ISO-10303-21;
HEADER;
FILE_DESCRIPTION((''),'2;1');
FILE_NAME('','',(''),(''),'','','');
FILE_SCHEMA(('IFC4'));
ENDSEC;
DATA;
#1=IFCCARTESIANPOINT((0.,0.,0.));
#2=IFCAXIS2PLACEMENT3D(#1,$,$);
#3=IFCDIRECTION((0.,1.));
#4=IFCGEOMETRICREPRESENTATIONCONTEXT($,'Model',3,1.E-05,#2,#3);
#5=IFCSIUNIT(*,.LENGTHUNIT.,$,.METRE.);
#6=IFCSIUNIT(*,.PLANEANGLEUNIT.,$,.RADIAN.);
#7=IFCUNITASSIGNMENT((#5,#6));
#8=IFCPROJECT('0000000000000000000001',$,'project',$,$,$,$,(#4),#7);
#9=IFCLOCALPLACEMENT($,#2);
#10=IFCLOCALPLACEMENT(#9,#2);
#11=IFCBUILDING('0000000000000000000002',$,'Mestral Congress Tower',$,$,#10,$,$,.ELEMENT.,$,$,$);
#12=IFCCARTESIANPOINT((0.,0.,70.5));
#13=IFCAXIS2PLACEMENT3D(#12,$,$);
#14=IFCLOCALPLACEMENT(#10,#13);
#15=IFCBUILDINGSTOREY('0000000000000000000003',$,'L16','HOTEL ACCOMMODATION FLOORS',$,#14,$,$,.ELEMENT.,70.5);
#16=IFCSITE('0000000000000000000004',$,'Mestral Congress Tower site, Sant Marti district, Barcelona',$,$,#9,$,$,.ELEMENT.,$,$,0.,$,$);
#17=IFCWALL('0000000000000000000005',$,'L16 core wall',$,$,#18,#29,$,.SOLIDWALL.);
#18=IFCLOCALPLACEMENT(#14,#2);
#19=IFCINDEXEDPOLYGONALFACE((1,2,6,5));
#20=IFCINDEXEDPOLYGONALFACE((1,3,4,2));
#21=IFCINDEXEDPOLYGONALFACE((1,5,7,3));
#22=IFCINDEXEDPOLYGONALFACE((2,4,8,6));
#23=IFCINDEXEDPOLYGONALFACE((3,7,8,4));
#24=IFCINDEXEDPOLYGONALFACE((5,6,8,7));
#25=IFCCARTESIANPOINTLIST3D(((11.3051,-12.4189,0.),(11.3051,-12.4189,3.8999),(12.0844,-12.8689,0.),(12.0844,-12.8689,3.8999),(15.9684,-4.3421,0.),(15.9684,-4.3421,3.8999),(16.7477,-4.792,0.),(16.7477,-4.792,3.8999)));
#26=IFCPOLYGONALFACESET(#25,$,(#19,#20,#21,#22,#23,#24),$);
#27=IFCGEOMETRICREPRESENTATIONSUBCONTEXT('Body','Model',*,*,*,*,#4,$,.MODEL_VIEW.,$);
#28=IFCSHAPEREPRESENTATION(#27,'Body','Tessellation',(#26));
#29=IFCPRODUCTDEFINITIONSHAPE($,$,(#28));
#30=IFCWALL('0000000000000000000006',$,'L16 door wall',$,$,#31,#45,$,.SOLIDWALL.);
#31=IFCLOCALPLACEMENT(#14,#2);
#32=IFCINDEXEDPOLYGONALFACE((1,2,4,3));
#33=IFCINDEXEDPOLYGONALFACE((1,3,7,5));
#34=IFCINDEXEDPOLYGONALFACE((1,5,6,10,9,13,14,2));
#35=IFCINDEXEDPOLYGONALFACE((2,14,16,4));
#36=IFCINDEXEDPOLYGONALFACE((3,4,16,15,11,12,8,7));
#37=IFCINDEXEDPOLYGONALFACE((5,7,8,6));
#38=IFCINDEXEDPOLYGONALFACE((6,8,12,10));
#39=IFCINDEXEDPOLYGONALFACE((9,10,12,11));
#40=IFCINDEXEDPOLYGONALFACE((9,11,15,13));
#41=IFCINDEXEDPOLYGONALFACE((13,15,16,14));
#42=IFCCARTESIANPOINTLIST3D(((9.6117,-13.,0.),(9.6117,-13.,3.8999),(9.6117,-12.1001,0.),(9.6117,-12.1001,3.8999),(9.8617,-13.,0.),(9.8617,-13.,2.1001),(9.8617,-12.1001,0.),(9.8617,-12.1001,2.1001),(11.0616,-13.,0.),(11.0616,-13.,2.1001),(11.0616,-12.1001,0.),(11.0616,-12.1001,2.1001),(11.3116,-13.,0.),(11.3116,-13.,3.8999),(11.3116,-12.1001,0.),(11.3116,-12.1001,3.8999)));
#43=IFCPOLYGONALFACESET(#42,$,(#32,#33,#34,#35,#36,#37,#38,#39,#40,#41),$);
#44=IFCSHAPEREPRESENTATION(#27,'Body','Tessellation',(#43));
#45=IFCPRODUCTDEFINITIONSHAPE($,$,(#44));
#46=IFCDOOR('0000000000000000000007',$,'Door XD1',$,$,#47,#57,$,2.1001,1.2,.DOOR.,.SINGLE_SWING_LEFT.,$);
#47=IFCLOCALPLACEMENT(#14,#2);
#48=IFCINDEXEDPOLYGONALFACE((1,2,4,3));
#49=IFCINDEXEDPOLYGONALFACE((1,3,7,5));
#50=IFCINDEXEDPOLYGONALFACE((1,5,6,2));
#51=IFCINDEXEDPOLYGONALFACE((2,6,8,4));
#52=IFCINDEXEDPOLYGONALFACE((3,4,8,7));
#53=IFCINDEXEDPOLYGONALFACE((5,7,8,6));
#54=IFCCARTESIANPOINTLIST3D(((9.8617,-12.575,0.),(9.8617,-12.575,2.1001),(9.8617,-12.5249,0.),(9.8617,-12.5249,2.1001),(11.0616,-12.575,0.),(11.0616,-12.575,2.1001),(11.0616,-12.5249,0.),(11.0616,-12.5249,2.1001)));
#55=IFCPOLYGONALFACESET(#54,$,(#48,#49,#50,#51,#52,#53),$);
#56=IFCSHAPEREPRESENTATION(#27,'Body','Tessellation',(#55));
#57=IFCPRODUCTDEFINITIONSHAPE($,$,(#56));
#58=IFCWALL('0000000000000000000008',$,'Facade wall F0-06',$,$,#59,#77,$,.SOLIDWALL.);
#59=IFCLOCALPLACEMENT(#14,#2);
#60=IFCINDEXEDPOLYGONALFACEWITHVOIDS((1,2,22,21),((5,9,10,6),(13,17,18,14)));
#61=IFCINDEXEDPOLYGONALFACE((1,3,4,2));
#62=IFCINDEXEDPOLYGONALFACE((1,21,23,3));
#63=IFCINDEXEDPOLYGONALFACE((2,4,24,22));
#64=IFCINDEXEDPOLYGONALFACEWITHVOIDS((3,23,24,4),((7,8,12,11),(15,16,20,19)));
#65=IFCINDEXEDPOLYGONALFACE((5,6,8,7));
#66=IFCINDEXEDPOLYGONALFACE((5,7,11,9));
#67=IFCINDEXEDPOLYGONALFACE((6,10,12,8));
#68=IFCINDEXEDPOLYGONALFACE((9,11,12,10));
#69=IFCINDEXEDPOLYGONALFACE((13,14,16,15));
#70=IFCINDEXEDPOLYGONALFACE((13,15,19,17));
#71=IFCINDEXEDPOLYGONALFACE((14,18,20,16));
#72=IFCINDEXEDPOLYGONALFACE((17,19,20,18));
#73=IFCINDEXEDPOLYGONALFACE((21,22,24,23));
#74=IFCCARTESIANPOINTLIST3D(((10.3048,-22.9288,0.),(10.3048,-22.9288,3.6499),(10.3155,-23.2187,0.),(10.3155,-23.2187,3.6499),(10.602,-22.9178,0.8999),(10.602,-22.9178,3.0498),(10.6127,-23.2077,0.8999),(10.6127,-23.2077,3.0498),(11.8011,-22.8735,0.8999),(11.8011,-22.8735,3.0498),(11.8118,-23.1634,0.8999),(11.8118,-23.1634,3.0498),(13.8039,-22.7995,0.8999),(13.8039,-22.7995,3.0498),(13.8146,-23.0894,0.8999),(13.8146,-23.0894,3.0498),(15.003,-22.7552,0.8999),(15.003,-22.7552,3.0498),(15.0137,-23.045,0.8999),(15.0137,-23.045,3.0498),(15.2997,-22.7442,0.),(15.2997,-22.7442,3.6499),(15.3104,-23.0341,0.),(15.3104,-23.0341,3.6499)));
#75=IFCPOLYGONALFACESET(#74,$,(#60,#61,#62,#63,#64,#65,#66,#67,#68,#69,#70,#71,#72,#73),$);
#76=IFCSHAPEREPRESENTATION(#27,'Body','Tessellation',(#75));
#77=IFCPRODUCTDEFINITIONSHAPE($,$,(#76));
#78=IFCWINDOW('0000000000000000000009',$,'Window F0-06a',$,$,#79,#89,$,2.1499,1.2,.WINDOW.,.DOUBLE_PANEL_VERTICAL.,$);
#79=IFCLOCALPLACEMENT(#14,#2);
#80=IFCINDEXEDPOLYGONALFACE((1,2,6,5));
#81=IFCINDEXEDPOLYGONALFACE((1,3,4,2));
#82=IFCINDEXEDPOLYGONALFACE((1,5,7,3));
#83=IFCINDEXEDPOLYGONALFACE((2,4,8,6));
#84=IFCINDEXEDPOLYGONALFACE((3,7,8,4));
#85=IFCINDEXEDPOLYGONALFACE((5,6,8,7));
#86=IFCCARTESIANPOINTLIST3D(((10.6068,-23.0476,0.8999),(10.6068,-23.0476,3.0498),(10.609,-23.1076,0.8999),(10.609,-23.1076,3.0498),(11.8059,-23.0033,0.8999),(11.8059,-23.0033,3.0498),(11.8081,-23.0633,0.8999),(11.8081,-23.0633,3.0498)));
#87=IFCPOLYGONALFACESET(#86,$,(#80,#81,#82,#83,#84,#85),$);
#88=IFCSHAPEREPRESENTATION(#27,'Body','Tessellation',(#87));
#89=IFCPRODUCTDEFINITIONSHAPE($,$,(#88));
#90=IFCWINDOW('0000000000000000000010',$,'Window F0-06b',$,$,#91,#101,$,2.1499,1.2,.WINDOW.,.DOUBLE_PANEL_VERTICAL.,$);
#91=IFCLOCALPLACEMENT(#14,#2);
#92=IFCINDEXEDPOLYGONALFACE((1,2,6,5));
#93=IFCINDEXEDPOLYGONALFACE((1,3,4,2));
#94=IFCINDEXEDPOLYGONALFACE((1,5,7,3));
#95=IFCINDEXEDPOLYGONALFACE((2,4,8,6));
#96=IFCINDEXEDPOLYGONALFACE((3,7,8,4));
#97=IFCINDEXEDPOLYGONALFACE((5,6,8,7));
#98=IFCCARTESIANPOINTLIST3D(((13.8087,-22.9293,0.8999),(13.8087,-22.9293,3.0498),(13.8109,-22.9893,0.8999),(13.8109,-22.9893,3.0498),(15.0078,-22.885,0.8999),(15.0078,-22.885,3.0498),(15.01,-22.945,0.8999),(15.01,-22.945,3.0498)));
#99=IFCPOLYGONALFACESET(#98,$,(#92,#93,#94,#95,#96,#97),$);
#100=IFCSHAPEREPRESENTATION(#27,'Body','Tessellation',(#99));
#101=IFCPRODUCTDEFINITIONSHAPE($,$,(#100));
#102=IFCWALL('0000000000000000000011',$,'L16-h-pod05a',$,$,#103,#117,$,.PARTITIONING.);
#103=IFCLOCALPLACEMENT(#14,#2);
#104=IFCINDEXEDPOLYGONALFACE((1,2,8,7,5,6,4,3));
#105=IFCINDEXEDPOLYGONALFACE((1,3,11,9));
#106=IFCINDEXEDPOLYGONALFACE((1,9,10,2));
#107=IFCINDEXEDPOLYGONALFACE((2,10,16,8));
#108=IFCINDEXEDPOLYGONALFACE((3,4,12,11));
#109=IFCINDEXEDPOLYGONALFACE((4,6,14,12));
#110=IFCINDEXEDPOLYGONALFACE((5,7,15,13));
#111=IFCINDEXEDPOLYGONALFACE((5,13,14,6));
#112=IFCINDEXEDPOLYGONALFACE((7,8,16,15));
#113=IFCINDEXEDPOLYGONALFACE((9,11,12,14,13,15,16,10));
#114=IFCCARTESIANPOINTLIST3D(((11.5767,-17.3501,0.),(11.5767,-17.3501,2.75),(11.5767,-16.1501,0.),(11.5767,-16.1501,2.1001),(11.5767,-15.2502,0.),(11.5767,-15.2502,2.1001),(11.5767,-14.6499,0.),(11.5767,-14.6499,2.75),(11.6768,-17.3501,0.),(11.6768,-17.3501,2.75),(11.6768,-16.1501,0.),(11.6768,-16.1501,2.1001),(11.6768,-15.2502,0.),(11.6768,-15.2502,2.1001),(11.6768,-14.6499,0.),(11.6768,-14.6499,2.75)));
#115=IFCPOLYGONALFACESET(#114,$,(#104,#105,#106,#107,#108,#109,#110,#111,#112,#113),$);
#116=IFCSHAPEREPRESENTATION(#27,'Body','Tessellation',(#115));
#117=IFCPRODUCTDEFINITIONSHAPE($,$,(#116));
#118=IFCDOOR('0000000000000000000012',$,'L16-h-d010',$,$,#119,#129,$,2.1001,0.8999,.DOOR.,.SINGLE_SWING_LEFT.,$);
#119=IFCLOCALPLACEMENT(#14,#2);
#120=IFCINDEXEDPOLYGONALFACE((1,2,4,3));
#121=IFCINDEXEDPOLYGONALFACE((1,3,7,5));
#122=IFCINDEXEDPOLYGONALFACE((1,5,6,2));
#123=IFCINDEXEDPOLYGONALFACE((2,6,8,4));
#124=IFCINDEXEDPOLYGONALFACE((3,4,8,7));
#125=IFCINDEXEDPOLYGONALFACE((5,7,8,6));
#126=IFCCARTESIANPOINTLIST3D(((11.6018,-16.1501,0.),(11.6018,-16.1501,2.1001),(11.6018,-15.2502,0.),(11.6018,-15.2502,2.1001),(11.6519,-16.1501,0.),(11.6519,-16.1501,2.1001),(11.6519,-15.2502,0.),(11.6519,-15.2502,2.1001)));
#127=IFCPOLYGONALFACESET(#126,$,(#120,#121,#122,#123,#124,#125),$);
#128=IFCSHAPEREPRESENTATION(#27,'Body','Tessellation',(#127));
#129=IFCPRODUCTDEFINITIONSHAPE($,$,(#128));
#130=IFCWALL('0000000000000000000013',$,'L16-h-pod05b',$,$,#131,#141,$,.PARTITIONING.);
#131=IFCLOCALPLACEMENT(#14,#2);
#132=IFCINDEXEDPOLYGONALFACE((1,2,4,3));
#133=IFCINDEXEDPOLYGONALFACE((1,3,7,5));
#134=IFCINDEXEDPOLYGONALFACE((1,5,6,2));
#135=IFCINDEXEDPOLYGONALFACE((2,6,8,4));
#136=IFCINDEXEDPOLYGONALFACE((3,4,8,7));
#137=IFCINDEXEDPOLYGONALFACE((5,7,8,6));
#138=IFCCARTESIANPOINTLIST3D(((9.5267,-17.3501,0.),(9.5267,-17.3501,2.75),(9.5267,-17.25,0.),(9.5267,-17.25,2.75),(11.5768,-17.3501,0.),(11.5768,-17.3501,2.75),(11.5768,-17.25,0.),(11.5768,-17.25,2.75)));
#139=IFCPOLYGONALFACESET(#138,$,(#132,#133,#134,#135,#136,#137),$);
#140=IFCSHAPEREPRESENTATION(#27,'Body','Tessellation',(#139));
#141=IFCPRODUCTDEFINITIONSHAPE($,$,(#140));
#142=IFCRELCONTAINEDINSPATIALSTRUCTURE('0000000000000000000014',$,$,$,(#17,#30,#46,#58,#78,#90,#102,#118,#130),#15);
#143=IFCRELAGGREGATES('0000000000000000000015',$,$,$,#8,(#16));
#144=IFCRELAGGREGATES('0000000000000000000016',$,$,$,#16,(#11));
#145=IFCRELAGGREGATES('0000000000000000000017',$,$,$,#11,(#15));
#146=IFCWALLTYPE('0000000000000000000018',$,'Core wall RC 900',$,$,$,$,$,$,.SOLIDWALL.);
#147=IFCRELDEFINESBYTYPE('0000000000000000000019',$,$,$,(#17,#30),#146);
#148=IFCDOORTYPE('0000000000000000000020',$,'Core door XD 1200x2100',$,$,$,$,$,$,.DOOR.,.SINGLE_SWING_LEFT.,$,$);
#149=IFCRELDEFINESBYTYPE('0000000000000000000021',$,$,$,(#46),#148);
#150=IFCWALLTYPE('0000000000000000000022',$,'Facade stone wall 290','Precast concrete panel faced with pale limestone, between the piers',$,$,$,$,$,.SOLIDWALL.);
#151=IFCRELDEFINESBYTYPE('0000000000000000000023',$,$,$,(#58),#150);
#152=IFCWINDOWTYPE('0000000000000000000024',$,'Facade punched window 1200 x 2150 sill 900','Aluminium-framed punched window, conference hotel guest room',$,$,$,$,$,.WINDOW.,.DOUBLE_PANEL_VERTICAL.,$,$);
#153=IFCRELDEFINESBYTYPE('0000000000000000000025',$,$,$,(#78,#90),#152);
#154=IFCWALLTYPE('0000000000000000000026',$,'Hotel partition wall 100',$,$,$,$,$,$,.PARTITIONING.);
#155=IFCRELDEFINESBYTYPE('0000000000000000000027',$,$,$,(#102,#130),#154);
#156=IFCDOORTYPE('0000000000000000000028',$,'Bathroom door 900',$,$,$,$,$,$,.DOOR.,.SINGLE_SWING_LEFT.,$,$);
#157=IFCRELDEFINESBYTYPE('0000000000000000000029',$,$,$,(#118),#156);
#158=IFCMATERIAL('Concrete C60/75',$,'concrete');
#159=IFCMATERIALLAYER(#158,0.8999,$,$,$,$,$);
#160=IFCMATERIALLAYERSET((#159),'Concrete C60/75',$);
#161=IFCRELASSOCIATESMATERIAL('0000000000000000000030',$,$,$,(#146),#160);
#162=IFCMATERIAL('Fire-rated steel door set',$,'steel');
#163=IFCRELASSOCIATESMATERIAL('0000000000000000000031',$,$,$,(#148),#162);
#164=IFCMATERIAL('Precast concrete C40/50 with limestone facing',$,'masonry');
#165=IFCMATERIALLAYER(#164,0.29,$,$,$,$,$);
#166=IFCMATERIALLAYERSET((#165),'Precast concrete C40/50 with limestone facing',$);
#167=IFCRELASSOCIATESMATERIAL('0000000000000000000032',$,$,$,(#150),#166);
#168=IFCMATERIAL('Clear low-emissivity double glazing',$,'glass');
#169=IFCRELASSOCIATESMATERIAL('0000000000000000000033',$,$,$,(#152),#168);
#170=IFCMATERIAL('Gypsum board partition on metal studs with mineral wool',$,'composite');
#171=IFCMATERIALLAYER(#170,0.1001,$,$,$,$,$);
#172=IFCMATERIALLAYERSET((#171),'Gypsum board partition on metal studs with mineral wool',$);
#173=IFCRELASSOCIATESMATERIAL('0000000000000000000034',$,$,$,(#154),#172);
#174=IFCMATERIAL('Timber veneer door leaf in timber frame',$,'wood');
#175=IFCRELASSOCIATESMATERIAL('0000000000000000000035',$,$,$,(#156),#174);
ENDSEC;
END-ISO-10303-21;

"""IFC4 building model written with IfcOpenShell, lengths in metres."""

from ifc_helpers import new_model, si_unit, direction, frame, frame_2d, origin, place, context, subcontext, project, spatial, rectangle, extrude, material, layer, layer_set, type_object, element, fill, save


model = new_model("IFC4")

# Units and contexts
model_context = context("Model", 3, precision=1e-05, world=origin(), true_north=direction((0.0, 1.0)))
body_context = subcontext(model_context, "Body", "Model", "MODEL_VIEW")
ifc_project = project(units=[si_unit("LENGTHUNIT", "METRE"), si_unit("PLANEANGLEUNIT", "RADIAN")], contexts=[model_context])

# Site, building, storey
site_placement = place(None, origin())
site = spatial("IfcSite", under=ifc_project, at=site_placement, Name="Mestral Congress Tower site, Sant Marti district, Barcelona", CompositionType="ELEMENT", RefElevation=0.0)
building_placement = place(site_placement, origin())
building = spatial("IfcBuilding", under=site, at=building_placement, Name="Mestral Congress Tower", CompositionType="ELEMENT")
storey_placement = place(building_placement, frame((0.0, 0.0, 70.5)))
storey = spatial("IfcBuildingStorey", under=building, at=storey_placement, Name="L16", Description="HOTEL ACCOMMODATION FLOORS", CompositionType="ELEMENT", Elevation=70.5)

# Wall
ifc_material_1 = material(Name="Concrete C60/75", Category="concrete")
ifc_layer_1 = layer(ifc_material_1, 0.8999)
ifc_layer_set_1 = layer_set([ifc_layer_1], Name="Concrete C60/75")
wall_type_1 = type_object("IfcWallType", Name="Core wall RC 900", PredefinedType="SOLIDWALL", material=ifc_layer_set_1)
wall_1_placement = place(storey_placement, frame((11.6948, -12.6438, 0.0), z_axis=(0.0, 0.0, 1.0), x_axis=(0.50001, 0.866019, 0.0)))
element("IfcWall", 1, at=wall_1_placement, inside=storey, type_object=wall_type_1, Name="L16 core wall", PredefinedType="SOLIDWALL", context=body_context, shape_type="SweptSolid", body=[
    extrude(rectangle(XDim=9.3264, YDim=0.8999, at=frame_2d((4.6631, 0.0))), origin(), (0.0, 0.0, 1.0), 3.8999),
])

# Wall, opening, door
wall_2_placement = place(storey_placement, frame((11.3118, -12.55, 0.0), z_axis=(0.0, 0.0, 1.0), x_axis=(-1.0, 0.0, 0.0)))
wall_2 = element("IfcWall", 2, at=wall_2_placement, inside=storey, type_object=wall_type_1, Name="L16 door wall", PredefinedType="SOLIDWALL", context=body_context, shape_type="SweptSolid", body=[
    extrude(rectangle(XDim=1.7, YDim=0.8999, at=frame_2d((0.8501, 0.0))), origin(), (0.0, 0.0, 1.0), 3.8999),
])
opening_1_placement = place(wall_2_placement, frame((0.25, 0.0, 0.0)))
opening_1 = element("IfcOpeningElement", 3, at=opening_1_placement, cuts=wall_2, PredefinedType="OPENING", context=body_context, shape_type="SweptSolid", body=[
    extrude(rectangle(XDim=1.2, YDim=2.1001, at=frame_2d((0.6001, 1.05))), frame((0.0, 0.46, 0.0), z_axis=(0.0, -1.0, 0.0), x_axis=(1.0, 0.0, 0.0)), (0.0, 0.0, 1.0), 0.9199),
])
ifc_material_2 = material(Name="Fire-rated steel door set", Category="steel")
door_type_1 = type_object("IfcDoorType", Name="Core door XD 1200x2100", OperationType="SINGLE_SWING_LEFT", PredefinedType="DOOR", material=ifc_material_2)
door_1_placement = place(opening_1_placement, origin())
door_1 = element("IfcDoor", 4, at=door_1_placement, inside=storey, type_object=door_type_1, Name="Door XD1", OperationType="SINGLE_SWING_LEFT", OverallHeight=2.1001, OverallWidth=1.2, PredefinedType="DOOR", context=body_context, shape_type="SweptSolid", body=[
    extrude(rectangle(XDim=1.2, YDim=2.1001, at=frame_2d((0.6001, 1.05))), frame((0.0, 0.0249, 0.0), z_axis=(0.0, -1.0, 0.0), x_axis=(1.0, 0.0, 0.0)), (0.0, 0.0, 1.0), 0.05),
])
fill(opening_1, door_1)

# Wall, openings, windows
ifc_material_3 = material(Name="Precast concrete C40/50 with limestone facing", Category="masonry")
ifc_layer_2 = layer(ifc_material_3, 0.29)
ifc_layer_set_2 = layer_set([ifc_layer_2], Name="Precast concrete C40/50 with limestone facing")
wall_type_2 = type_object("IfcWallType", Name="Facade stone wall 290", Description="Precast concrete panel faced with pale limestone, between the piers", PredefinedType="SOLIDWALL", material=ifc_layer_set_2)
wall_3_placement = place(storey_placement, frame((10.3103, -23.0737, 0.0), z_axis=(0.0, 0.0, 1.0), x_axis=(0.999318, 0.036927, 0.0)))
wall_3 = element("IfcWall", 5, at=wall_3_placement, inside=storey, type_object=wall_type_2, Name="Facade wall F0-06", PredefinedType="SOLIDWALL", context=body_context, shape_type="SweptSolid", body=[
    extrude(rectangle(XDim=4.9983, YDim=0.29, at=frame_2d((2.499, 0.0))), origin(), (0.0, 0.0, 1.0), 3.6499),
])
opening_2_placement = place(wall_3_placement, frame((0.2971, 0.0, 0.8999)))
opening_2 = element("IfcOpeningElement", 6, at=opening_2_placement, cuts=wall_3, PredefinedType="OPENING", context=body_context, shape_type="SweptSolid", body=[
    extrude(rectangle(XDim=1.2, YDim=2.1499, at=frame_2d((0.6001, 1.075))), frame((0.0, 0.155, 0.0), z_axis=(0.0, -1.0, 0.0), x_axis=(1.0, 0.0, 0.0)), (0.0, 0.0, 1.0), 0.3101),
])
opening_3_placement = place(wall_3_placement, frame((3.5012, 0.0, 0.8999)))
opening_3 = element("IfcOpeningElement", 7, at=opening_3_placement, cuts=wall_3, PredefinedType="OPENING", context=body_context, shape_type="SweptSolid", body=[
    extrude(rectangle(XDim=1.2, YDim=2.1499, at=frame_2d((0.6001, 1.075))), frame((0.0, 0.155, 0.0), z_axis=(0.0, -1.0, 0.0), x_axis=(1.0, 0.0, 0.0)), (0.0, 0.0, 1.0), 0.3101),
])
ifc_material_4 = material(Name="Clear low-emissivity double glazing", Category="glass")
window_type = type_object("IfcWindowType", Name="Facade punched window 1200 x 2150 sill 900", Description="Aluminium-framed punched window, conference hotel guest room", PartitioningType="DOUBLE_PANEL_VERTICAL", PredefinedType="WINDOW", material=ifc_material_4)
window_1_placement = place(opening_2_placement, origin())
window_1 = element("IfcWindow", 8, at=window_1_placement, inside=storey, type_object=window_type, Name="Window F0-06a", OverallHeight=2.1499, OverallWidth=1.2, PartitioningType="DOUBLE_PANEL_VERTICAL", PredefinedType="WINDOW", context=body_context, shape_type="SweptSolid", body=[
    extrude(rectangle(XDim=1.2, YDim=2.1499, at=frame_2d((0.6001, 1.075))), frame((0.0, 0.0151, 0.0), z_axis=(0.0, -1.0, 0.0), x_axis=(1.0, 0.0, 0.0)), (0.0, 0.0, 1.0), 0.0601),
])
fill(opening_2, window_1)
window_2_placement = place(opening_3_placement, origin())
window_2 = element("IfcWindow", 9, at=window_2_placement, inside=storey, type_object=window_type, Name="Window F0-06b", OverallHeight=2.1499, OverallWidth=1.2, PartitioningType="DOUBLE_PANEL_VERTICAL", PredefinedType="WINDOW", context=body_context, shape_type="SweptSolid", body=[
    extrude(rectangle(XDim=1.2, YDim=2.1499, at=frame_2d((0.6001, 1.075))), frame((0.0, 0.0151, 0.0), z_axis=(0.0, -1.0, 0.0), x_axis=(1.0, 0.0, 0.0)), (0.0, 0.0, 1.0), 0.0601),
])
fill(opening_3, window_2)

# Wall, opening, door
ifc_material_5 = material(Name="Gypsum board partition on metal studs with mineral wool", Category="composite")
ifc_layer_3 = layer(ifc_material_5, 0.1001)
ifc_layer_set_3 = layer_set([ifc_layer_3], Name="Gypsum board partition on metal studs with mineral wool")
wall_type_3 = type_object("IfcWallType", Name="Hotel partition wall 100", PredefinedType="PARTITIONING", material=ifc_layer_set_3)
wall_4_placement = place(storey_placement, frame((11.6267, -17.3501, 0.0), z_axis=(0.0, 0.0, 1.0), x_axis=(0.0, 1.0, 0.0)))
wall_4 = element("IfcWall", 10, at=wall_4_placement, inside=storey, type_object=wall_type_3, Name="L16-h-pod05a", PredefinedType="PARTITIONING", context=body_context, shape_type="SweptSolid", body=[
    extrude(rectangle(XDim=2.7002, YDim=0.1001, at=frame_2d((1.3501, 0.0))), origin(), (0.0, 0.0, 1.0), 2.75),
])
opening_4_placement = place(wall_4_placement, frame((1.2, 0.0, 0.0)))
opening_4 = element("IfcOpeningElement", 11, at=opening_4_placement, cuts=wall_4, PredefinedType="OPENING", context=body_context, shape_type="SweptSolid", body=[
    extrude(rectangle(XDim=0.8999, YDim=2.1001, at=frame_2d((0.45, 1.05))), frame((0.0, 0.0601, 0.0), z_axis=(0.0, -1.0, 0.0), x_axis=(1.0, 0.0, 0.0)), (0.0, 0.0, 1.0), 0.1201),
])
ifc_material_6 = material(Name="Timber veneer door leaf in timber frame", Category="wood")
door_type_2 = type_object("IfcDoorType", Name="Bathroom door 900", OperationType="SINGLE_SWING_LEFT", PredefinedType="DOOR", material=ifc_material_6)
door_2_placement = place(opening_4_placement, origin())
door_2 = element("IfcDoor", 12, at=door_2_placement, inside=storey, type_object=door_type_2, Name="L16-h-d010", OperationType="SINGLE_SWING_LEFT", OverallHeight=2.1001, OverallWidth=0.8999, PredefinedType="DOOR", context=body_context, shape_type="SweptSolid", body=[
    extrude(rectangle(XDim=0.8999, YDim=2.1001, at=frame_2d((0.45, 1.05))), frame((0.0, 0.0249, 0.0), z_axis=(0.0, -1.0, 0.0), x_axis=(1.0, 0.0, 0.0)), (0.0, 0.0, 1.0), 0.05),
])
fill(opening_4, door_2)

# Wall
wall_5_placement = place(storey_placement, frame((11.5767, -17.3, 0.0), z_axis=(0.0, 0.0, 1.0), x_axis=(-1.0, 0.0, 0.0)))
element("IfcWall", 13, at=wall_5_placement, inside=storey, type_object=wall_type_3, Name="L16-h-pod05b", PredefinedType="PARTITIONING", context=body_context, shape_type="SweptSolid", body=[
    extrude(rectangle(XDim=2.05, YDim=0.1001, at=frame_2d((1.0249, 0.0))), origin(), (0.0, 0.0, 1.0), 2.75),
])

save(model, "model.ifc")
